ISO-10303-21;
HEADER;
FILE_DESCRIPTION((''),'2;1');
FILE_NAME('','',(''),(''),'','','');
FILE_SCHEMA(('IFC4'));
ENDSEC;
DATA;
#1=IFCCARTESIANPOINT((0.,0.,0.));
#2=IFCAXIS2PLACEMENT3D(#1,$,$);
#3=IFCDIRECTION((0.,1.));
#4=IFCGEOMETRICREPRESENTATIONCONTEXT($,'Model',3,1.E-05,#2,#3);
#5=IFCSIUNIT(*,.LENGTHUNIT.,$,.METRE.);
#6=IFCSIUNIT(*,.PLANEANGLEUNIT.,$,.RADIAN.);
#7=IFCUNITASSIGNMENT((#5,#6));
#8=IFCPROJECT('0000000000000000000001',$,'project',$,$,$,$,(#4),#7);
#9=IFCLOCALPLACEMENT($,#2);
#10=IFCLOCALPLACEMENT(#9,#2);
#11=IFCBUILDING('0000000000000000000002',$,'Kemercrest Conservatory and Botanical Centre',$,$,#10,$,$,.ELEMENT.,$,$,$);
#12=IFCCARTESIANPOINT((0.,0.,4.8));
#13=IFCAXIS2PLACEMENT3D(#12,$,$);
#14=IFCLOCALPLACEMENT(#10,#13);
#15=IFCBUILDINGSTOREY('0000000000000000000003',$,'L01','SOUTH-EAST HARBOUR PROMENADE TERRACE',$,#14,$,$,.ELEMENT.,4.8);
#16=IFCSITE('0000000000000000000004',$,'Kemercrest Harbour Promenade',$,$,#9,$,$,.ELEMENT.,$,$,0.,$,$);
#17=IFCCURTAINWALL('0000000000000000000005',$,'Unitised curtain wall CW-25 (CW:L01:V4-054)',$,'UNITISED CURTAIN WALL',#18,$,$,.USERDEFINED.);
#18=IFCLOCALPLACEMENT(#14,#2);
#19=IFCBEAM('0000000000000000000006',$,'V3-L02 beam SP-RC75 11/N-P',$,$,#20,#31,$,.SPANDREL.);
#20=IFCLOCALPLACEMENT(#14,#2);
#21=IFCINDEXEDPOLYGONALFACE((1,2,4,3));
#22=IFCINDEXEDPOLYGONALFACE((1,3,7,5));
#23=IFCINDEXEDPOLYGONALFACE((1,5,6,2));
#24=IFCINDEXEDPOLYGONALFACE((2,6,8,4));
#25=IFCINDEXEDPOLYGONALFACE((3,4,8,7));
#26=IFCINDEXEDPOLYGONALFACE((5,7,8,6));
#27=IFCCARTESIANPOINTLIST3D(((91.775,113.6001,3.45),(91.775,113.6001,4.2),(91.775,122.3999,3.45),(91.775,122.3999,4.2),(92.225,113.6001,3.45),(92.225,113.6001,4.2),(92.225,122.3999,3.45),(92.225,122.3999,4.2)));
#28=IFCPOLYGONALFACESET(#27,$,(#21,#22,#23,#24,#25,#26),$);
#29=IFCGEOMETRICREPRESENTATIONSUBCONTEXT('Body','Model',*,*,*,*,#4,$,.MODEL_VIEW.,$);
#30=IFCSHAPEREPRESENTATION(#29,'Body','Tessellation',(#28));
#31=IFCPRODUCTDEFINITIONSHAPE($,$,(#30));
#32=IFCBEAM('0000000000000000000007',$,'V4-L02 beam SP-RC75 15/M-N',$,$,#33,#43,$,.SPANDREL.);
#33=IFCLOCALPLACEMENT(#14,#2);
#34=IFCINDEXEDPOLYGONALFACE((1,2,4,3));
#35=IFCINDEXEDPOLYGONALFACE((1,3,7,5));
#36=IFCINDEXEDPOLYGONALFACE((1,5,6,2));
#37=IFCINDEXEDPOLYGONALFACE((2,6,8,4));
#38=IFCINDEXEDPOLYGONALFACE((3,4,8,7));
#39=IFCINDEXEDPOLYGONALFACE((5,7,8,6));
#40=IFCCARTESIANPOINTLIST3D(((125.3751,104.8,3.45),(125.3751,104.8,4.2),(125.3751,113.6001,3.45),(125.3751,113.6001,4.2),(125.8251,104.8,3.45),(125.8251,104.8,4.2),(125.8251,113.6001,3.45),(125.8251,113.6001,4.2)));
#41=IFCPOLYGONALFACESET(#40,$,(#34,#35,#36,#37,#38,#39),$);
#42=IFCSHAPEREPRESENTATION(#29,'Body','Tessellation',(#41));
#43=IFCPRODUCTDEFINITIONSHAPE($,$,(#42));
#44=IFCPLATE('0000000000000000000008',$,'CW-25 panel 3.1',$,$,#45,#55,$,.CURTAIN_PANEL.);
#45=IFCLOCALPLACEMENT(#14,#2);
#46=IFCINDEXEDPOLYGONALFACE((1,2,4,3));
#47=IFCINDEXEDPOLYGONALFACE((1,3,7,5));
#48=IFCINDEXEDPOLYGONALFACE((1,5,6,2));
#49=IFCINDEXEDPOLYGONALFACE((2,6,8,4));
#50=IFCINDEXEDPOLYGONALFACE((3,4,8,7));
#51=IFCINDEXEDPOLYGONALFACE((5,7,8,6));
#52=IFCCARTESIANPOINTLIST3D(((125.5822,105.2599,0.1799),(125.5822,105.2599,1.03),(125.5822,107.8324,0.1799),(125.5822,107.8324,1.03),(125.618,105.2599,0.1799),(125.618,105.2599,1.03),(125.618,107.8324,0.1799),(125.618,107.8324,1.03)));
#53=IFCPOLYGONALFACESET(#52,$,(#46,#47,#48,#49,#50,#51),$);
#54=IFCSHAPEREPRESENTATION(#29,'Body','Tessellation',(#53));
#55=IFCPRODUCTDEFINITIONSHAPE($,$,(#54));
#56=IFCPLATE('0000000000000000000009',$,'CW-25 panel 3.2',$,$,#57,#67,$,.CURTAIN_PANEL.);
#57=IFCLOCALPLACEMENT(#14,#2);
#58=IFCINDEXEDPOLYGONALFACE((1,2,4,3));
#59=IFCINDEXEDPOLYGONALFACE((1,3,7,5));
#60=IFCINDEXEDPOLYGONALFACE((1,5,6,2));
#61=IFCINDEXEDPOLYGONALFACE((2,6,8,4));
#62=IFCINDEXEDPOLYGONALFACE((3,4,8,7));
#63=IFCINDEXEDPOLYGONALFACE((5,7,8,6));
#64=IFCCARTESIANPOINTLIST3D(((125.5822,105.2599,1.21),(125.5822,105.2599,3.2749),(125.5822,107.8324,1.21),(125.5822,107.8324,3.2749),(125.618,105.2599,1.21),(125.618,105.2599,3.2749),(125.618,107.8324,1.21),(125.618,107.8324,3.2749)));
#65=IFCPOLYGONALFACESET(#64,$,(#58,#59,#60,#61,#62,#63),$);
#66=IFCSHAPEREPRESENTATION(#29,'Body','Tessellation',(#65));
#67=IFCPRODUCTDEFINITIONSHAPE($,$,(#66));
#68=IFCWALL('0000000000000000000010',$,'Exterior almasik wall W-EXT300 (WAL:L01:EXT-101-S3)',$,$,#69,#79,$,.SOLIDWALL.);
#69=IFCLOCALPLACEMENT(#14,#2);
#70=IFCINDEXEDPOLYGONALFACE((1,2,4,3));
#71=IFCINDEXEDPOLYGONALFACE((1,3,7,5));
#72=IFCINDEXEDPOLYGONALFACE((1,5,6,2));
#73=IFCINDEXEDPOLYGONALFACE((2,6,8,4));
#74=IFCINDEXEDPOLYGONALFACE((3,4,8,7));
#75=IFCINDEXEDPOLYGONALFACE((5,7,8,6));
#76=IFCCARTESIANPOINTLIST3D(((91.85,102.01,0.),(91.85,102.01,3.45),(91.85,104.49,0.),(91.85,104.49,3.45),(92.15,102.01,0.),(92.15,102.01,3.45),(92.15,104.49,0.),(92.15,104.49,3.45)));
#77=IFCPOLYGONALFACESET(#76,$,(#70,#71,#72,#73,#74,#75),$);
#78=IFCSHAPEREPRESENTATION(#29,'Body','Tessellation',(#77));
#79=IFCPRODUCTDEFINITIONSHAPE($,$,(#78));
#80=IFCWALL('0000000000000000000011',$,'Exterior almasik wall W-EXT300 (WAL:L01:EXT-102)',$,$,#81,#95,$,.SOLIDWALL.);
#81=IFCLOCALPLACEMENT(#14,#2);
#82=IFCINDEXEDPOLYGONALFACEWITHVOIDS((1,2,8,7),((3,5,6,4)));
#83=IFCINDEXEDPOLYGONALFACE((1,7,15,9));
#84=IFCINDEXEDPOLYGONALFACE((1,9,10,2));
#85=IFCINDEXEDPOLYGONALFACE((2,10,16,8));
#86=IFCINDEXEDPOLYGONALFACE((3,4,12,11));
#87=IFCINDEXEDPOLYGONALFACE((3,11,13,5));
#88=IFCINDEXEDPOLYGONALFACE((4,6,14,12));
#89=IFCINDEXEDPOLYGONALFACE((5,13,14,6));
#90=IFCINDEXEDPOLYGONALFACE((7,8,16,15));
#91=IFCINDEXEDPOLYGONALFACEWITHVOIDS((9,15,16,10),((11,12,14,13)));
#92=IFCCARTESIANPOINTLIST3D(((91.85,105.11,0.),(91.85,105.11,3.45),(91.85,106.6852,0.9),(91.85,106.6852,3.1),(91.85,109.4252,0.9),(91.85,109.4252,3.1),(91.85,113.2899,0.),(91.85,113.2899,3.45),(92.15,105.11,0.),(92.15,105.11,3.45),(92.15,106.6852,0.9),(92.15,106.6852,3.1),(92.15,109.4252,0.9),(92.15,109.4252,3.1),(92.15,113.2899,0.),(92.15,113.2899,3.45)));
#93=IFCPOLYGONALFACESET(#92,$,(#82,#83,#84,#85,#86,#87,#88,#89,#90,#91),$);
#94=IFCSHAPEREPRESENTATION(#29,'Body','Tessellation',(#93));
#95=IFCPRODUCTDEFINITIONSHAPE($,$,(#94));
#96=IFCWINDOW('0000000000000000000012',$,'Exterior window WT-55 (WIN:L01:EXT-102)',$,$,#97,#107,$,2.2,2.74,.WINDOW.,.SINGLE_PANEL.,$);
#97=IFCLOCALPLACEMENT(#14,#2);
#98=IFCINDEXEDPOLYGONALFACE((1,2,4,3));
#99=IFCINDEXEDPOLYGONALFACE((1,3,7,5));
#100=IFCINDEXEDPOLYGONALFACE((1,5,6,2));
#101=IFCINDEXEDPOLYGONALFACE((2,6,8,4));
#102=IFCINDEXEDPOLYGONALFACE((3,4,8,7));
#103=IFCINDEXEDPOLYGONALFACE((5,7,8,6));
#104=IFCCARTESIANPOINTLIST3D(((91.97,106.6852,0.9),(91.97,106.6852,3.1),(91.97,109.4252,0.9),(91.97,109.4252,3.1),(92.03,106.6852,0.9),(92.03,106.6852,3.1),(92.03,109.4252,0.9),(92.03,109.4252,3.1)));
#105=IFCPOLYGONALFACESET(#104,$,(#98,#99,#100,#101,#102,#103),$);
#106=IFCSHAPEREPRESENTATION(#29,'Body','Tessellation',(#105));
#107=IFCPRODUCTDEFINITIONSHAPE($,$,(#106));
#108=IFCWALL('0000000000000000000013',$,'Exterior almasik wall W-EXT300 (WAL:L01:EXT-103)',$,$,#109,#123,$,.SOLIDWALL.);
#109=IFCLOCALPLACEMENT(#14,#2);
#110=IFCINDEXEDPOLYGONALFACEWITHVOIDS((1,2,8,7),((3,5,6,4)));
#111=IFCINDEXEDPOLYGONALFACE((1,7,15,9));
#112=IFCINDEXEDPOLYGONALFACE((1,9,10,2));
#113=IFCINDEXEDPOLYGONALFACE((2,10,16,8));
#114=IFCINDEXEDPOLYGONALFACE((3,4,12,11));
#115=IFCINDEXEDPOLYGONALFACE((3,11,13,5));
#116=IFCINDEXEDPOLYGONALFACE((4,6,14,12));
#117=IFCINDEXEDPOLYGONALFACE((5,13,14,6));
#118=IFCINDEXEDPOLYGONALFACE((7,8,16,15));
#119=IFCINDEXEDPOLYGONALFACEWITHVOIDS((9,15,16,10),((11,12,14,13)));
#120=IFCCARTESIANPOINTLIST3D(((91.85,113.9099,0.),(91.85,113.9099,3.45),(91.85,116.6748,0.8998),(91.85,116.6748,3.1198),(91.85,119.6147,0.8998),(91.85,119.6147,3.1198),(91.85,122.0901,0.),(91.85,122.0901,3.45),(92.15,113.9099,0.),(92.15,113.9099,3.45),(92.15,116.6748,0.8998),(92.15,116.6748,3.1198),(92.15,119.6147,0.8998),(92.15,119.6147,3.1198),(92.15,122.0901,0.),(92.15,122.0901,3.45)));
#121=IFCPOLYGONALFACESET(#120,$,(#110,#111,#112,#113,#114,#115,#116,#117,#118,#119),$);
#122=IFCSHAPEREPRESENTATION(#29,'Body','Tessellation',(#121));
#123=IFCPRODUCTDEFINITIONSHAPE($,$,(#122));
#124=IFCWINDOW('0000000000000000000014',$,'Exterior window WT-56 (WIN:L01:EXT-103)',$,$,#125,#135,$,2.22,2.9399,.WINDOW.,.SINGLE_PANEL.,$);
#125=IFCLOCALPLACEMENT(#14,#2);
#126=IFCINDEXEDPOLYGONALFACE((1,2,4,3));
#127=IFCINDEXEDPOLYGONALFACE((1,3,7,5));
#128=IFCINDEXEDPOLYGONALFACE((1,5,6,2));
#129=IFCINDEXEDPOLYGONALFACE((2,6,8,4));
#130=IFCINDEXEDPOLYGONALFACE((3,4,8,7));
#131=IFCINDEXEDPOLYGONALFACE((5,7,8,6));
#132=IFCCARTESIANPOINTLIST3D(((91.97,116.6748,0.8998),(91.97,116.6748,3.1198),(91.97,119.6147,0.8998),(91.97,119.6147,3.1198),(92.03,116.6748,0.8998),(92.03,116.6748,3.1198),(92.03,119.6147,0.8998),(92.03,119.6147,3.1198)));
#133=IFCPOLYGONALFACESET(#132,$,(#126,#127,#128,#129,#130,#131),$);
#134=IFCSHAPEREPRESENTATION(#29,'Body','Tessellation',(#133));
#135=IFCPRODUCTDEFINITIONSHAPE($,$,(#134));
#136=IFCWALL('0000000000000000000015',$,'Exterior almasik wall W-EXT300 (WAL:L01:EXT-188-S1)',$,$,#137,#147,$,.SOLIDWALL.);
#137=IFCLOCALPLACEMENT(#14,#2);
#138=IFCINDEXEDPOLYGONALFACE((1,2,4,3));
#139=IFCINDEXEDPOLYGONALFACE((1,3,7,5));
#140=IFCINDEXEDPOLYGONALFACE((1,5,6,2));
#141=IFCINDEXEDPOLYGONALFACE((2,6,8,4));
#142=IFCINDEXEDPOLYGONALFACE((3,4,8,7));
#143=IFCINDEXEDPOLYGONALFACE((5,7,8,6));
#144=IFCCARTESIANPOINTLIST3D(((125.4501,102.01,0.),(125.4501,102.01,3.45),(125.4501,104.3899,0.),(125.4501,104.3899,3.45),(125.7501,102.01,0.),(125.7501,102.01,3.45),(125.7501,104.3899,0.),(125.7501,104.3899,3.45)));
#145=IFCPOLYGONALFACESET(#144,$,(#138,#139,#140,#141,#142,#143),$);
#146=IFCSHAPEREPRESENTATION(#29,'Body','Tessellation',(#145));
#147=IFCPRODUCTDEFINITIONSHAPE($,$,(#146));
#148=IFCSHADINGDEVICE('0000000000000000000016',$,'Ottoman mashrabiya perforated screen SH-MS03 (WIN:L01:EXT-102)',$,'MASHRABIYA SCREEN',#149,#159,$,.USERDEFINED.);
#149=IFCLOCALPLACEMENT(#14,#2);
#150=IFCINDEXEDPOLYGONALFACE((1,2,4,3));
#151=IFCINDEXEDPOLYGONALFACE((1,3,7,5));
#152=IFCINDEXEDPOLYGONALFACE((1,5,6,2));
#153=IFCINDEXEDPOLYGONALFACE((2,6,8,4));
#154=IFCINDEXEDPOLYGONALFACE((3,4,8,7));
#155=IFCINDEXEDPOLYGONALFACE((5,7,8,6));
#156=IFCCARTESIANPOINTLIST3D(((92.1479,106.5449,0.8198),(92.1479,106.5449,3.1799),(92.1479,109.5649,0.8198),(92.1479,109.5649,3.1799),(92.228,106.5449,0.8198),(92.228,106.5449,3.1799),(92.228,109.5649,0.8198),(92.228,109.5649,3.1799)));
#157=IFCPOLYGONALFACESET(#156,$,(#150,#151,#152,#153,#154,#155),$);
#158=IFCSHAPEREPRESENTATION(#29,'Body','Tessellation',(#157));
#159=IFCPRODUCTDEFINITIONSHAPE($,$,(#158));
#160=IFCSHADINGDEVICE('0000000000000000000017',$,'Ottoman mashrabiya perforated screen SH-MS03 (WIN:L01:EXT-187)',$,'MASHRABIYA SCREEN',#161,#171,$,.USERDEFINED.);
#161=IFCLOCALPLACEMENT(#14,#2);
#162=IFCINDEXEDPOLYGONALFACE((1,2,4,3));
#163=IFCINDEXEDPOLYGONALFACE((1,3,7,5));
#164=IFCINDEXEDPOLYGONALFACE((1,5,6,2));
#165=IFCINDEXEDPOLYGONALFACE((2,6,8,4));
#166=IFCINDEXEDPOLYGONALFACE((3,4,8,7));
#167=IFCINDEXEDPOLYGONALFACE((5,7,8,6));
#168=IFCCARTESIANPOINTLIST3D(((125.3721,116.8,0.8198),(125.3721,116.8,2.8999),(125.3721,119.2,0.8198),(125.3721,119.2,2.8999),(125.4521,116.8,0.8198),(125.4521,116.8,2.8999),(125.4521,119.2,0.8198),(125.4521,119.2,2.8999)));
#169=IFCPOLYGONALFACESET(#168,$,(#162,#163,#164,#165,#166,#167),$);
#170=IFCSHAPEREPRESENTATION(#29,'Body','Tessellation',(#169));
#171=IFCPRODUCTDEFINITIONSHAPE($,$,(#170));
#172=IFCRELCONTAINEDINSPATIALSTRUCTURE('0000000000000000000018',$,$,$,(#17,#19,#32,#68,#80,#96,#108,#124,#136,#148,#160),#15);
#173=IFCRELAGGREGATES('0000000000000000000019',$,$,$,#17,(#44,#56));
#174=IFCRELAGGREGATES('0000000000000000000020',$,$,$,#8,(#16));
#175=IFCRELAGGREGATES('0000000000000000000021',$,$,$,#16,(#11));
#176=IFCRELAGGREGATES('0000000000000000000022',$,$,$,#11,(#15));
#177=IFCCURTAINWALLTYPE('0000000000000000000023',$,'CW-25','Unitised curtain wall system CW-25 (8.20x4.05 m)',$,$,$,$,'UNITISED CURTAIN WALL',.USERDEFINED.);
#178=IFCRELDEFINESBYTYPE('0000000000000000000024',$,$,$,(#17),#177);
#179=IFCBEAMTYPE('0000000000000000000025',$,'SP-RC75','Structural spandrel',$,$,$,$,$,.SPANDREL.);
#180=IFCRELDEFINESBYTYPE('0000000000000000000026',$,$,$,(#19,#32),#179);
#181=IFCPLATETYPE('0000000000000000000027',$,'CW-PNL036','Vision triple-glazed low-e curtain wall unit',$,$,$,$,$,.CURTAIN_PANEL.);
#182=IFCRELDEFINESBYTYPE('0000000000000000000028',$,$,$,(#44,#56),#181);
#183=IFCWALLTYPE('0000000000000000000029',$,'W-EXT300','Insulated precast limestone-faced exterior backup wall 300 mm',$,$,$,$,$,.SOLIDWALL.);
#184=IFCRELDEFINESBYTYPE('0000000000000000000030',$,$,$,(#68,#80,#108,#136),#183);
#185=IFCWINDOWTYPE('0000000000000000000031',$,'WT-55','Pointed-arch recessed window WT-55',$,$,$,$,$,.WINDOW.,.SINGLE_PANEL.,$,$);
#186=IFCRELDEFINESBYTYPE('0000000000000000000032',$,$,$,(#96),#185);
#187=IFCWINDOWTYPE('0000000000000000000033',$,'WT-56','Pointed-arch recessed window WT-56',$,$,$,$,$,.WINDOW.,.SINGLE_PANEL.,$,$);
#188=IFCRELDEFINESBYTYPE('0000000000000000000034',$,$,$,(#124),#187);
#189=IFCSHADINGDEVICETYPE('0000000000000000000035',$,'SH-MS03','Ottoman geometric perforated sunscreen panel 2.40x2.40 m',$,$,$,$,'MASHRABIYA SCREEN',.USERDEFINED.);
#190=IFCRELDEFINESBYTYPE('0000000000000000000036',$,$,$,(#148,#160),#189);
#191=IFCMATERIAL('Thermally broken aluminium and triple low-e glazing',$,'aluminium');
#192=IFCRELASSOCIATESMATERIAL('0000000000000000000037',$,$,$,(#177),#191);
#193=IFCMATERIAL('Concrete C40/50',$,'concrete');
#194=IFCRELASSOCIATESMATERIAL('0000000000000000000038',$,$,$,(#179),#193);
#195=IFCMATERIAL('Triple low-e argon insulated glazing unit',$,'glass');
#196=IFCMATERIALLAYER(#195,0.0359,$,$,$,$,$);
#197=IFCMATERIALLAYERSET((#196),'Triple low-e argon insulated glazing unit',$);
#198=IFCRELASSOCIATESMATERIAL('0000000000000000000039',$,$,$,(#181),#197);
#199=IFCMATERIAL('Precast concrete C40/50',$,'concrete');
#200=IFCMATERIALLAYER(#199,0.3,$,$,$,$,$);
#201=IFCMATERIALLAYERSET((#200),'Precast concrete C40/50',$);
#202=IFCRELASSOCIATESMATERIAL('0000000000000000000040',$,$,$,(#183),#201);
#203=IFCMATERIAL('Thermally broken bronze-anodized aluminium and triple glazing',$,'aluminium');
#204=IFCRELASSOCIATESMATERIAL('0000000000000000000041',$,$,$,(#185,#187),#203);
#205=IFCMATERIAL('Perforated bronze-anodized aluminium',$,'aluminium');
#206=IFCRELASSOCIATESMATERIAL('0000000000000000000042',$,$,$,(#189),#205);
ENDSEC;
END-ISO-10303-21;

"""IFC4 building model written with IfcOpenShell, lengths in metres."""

from ifc_helpers import new_model, si_unit, direction, frame, frame_2d, origin, origin_2d, place, context, subcontext, project, spatial, rectangle, extrude, material, layer, layer_set, material_profile, profile_set, type_object, element, fill, aggregate, save


model = new_model("IFC4")

# Units and contexts
model_context = context("Model", 3, precision=1e-05, world=origin(), true_north=direction((0.0, 1.0)))
body_context = subcontext(model_context, "Body", "Model", "MODEL_VIEW")
ifc_project = project(units=[si_unit("LENGTHUNIT", "METRE"), si_unit("PLANEANGLEUNIT", "RADIAN")], contexts=[model_context])

# Site, building, storey
site_placement = place(None, origin())
site = spatial("IfcSite", under=ifc_project, at=site_placement, Name="Kemercrest Harbour Promenade", CompositionType="ELEMENT", RefElevation=0.0)
building_placement = place(site_placement, origin())
building = spatial("IfcBuilding", under=site, at=building_placement, Name="Kemercrest Conservatory and Botanical Centre", CompositionType="ELEMENT")
storey_placement = place(building_placement, frame((0.0, 0.0, 4.8)))
storey = spatial("IfcBuildingStorey", under=building, at=storey_placement, Name="L01", Description="SOUTH-EAST HARBOUR PROMENADE TERRACE", CompositionType="ELEMENT", Elevation=4.8)

# Shared definitions
ifc_material_1 = material(Name="Concrete C40/50", Category="concrete")

# Curtain wall
ifc_material_2 = material(Name="Thermally broken aluminium and triple low-e glazing", Category="aluminium")
curtain_wall_type = type_object("IfcCurtainWallType", Name="CW-25", Description="Unitised curtain wall system CW-25 (8.20x4.05 m)", ElementType="UNITISED CURTAIN WALL", PredefinedType="USERDEFINED", material=ifc_material_2)
curtain_wall_placement = place(storey_placement, origin())
curtain_wall = element("IfcCurtainWall", 1, at=curtain_wall_placement, inside=storey, type_object=curtain_wall_type, Name="Unitised curtain wall CW-25 (CW:L01:V4-054)", ObjectType="UNITISED CURTAIN WALL", PredefinedType="USERDEFINED")

# Beams
ifc_material_profile_1 = material_profile(ifc_material_1, rectangle(XDim=0.45, YDim=0.75, at=origin_2d()), Name="RC 450x750")
ifc_profile_set_1 = profile_set([ifc_material_profile_1], Name="Concrete C40/50")
beam_type_1 = type_object("IfcBeamType", Name="SP-RC75", Description="Structural spandrel", PredefinedType="SPANDREL", material=ifc_profile_set_1)
beam_1_placement = place(storey_placement, frame((92.0, 113.6001, 3.825), z_axis=(0.0, 1.0, 0.0), x_axis=(-1.0, 0.0, 0.0)))
element("IfcBeam", 2, at=beam_1_placement, inside=storey, type_object=beam_type_1, Name="V3-L02 beam SP-RC75 11/N-P", PredefinedType="SPANDREL", context=body_context, shape_type="SweptSolid", body=[
    extrude(rectangle(XDim=0.45, YDim=0.75, at=origin_2d()), origin(), (0.0, 0.0, 1.0), 8.7998),
])
beam_2_placement = place(storey_placement, frame((125.6001, 104.8, 3.825), z_axis=(0.0, 1.0, 0.0), x_axis=(-1.0, 0.0, 0.0)))
element("IfcBeam", 3, at=beam_2_placement, inside=storey, type_object=beam_type_1, Name="V4-L02 beam SP-RC75 15/M-N", PredefinedType="SPANDREL", context=body_context, shape_type="SweptSolid", body=[
    extrude(rectangle(XDim=0.45, YDim=0.75, at=origin_2d()), origin(), (0.0, 0.0, 1.0), 8.8),
])

# Plates
ifc_material_3 = material(Name="Triple low-e argon insulated glazing unit", Category="glass")
ifc_layer_1 = layer(ifc_material_3, 0.0359)
ifc_layer_set_1 = layer_set([ifc_layer_1], Name="Triple low-e argon insulated glazing unit")
plate_type = type_object("IfcPlateType", Name="CW-PNL036", Description="Vision triple-glazed low-e curtain wall unit", PredefinedType="CURTAIN_PANEL", material=ifc_layer_set_1)
plate_1_placement = place(storey_placement, frame((125.6001, 106.5461, 0.1799), z_axis=(0.0, 0.0, 1.0), x_axis=(0.0, -1.0, 0.0)))
plate_1 = element("IfcPlate", 4, at=plate_1_placement, type_object=plate_type, Name="CW-25 panel 3.1", PredefinedType="CURTAIN_PANEL", context=body_context, shape_type="SweptSolid", body=[
    extrude(rectangle(XDim=2.5725, YDim=0.0359, at=origin_2d()), origin(), (0.0, 0.0, 1.0), 0.8501),
])
plate_2_placement = place(storey_placement, frame((125.6001, 106.5461, 1.21), z_axis=(0.0, 0.0, 1.0), x_axis=(0.0, -1.0, 0.0)))
plate_2 = element("IfcPlate", 5, at=plate_2_placement, type_object=plate_type, Name="CW-25 panel 3.2", PredefinedType="CURTAIN_PANEL", context=body_context, shape_type="SweptSolid", body=[
    extrude(rectangle(XDim=2.5725, YDim=0.0359, at=origin_2d()), origin(), (0.0, 0.0, 1.0), 2.0649),
])
aggregate(curtain_wall, [plate_1, plate_2])

# Wall
ifc_material_4 = material(Name="Precast concrete C40/50", Category="concrete")
ifc_layer_2 = layer(ifc_material_4, 0.3)
ifc_layer_set_2 = layer_set([ifc_layer_2], Name="Precast concrete C40/50")
wall_type = type_object("IfcWallType", Name="W-EXT300", Description="Insulated precast limestone-faced exterior backup wall 300 mm", PredefinedType="SOLIDWALL", material=ifc_layer_set_2)
wall_1_placement = place(storey_placement, frame((92.0, 102.01, 0.0), z_axis=(0.0, 0.0, 1.0), x_axis=(0.0, 1.0, 0.0)))
element("IfcWall", 6, at=wall_1_placement, inside=storey, type_object=wall_type, Name="Exterior almasik wall W-EXT300 (WAL:L01:EXT-101-S3)", PredefinedType="SOLIDWALL", context=body_context, shape_type="SweptSolid", body=[
    extrude(rectangle(XDim=2.48, YDim=0.3, at=frame_2d((1.24, 0.0))), origin(), (0.0, 0.0, 1.0), 3.45),
])

# Walls, openings, windows
wall_2_placement = place(storey_placement, frame((92.0, 105.1101, 0.0), z_axis=(0.0, 0.0, 1.0), x_axis=(0.0, 1.0, 0.0)))
wall_2 = element("IfcWall", 7, at=wall_2_placement, inside=storey, type_object=wall_type, Name="Exterior almasik wall W-EXT300 (WAL:L01:EXT-102)", PredefinedType="SOLIDWALL", context=body_context, shape_type="SweptSolid", body=[
    extrude(rectangle(XDim=8.1799, YDim=0.3, at=frame_2d((4.0898, 0.0))), origin(), (0.0, 0.0, 1.0), 3.45),
])
opening_1_placement = place(wall_2_placement, frame((1.575, 0.0, 0.8999)))
opening_1 = element("IfcOpeningElement", 8, at=opening_1_placement, cuts=wall_2, PredefinedType="OPENING", context=body_context, shape_type="SweptSolid", body=[
    extrude(rectangle(XDim=2.74, YDim=2.2, at=frame_2d((1.3701, 1.1001))), frame((0.0, 0.1602, 0.0), z_axis=(0.0, -1.0, 0.0), x_axis=(1.0, 0.0, 0.0)), (0.0, 0.0, 1.0), 0.3201),
])
ifc_material_5 = material(Name="Thermally broken bronze-anodized aluminium and triple glazing", Category="aluminium")
window_type_1 = type_object("IfcWindowType", Name="WT-55", Description="Pointed-arch recessed window WT-55", PartitioningType="SINGLE_PANEL", PredefinedType="WINDOW", material=ifc_material_5)
window_1_placement = place(opening_1_placement, origin())
window_1 = element("IfcWindow", 9, at=window_1_placement, inside=storey, type_object=window_type_1, Name="Exterior window WT-55 (WIN:L01:EXT-102)", OverallHeight=2.2, OverallWidth=2.74, PartitioningType="SINGLE_PANEL", PredefinedType="WINDOW", context=body_context, shape_type="SweptSolid", body=[
    extrude(rectangle(XDim=2.74, YDim=2.2, at=frame_2d((1.3701, 1.1001))), frame((0.0, 0.03, 0.0), z_axis=(0.0, -1.0, 0.0), x_axis=(1.0, 0.0, 0.0)), (0.0, 0.0, 1.0), 0.0601),
])
fill(opening_1, window_1)
wall_3_placement = place(storey_placement, frame((92.0, 113.9099, 0.0), z_axis=(0.0, 0.0, 1.0), x_axis=(0.0, 1.0, 0.0)))
wall_3 = element("IfcWall", 10, at=wall_3_placement, inside=storey, type_object=wall_type, Name="Exterior almasik wall W-EXT300 (WAL:L01:EXT-103)", PredefinedType="SOLIDWALL", context=body_context, shape_type="SweptSolid", body=[
    extrude(rectangle(XDim=8.1802, YDim=0.3, at=frame_2d((4.0901, 0.0))), origin(), (0.0, 0.0, 1.0), 3.45),
])
opening_2_placement = place(wall_3_placement, frame((2.7649, 0.0, 0.8999)))
opening_2 = element("IfcOpeningElement", 11, at=opening_2_placement, cuts=wall_3, PredefinedType="OPENING", context=body_context, shape_type="SweptSolid", body=[
    extrude(rectangle(XDim=2.9399, YDim=2.22, at=frame_2d((1.47, 1.1099))), frame((0.0, 0.1602, 0.0), z_axis=(0.0, -1.0, 0.0), x_axis=(1.0, 0.0, 0.0)), (0.0, 0.0, 1.0), 0.3201),
])
window_type_2 = type_object("IfcWindowType", Name="WT-56", Description="Pointed-arch recessed window WT-56", PartitioningType="SINGLE_PANEL", PredefinedType="WINDOW", material=ifc_material_5)
window_2_placement = place(opening_2_placement, origin())
window_2 = element("IfcWindow", 12, at=window_2_placement, inside=storey, type_object=window_type_2, Name="Exterior window WT-56 (WIN:L01:EXT-103)", OverallHeight=2.22, OverallWidth=2.9399, PartitioningType="SINGLE_PANEL", PredefinedType="WINDOW", context=body_context, shape_type="SweptSolid", body=[
    extrude(rectangle(XDim=2.9399, YDim=2.22, at=frame_2d((1.47, 1.1099))), frame((0.0, 0.03, 0.0), z_axis=(0.0, -1.0, 0.0), x_axis=(1.0, 0.0, 0.0)), (0.0, 0.0, 1.0), 0.0601),
])
fill(opening_2, window_2)

# Wall
wall_4_placement = place(storey_placement, frame((125.6001, 104.3899, 0.0), z_axis=(0.0, 0.0, 1.0), x_axis=(0.0, -1.0, 0.0)))
element("IfcWall", 13, at=wall_4_placement, inside=storey, type_object=wall_type, Name="Exterior almasik wall W-EXT300 (WAL:L01:EXT-188-S1)", PredefinedType="SOLIDWALL", context=body_context, shape_type="SweptSolid", body=[
    extrude(rectangle(XDim=2.3799, YDim=0.3, at=frame_2d((1.1899, 0.0))), origin(), (0.0, 0.0, 1.0), 3.45),
])

# Shading devices
ifc_material_6 = material(Name="Perforated bronze-anodized aluminium", Category="aluminium")
shading_device_type_1 = type_object("IfcShadingDeviceType", Name="SH-MS03", Description="Ottoman geometric perforated sunscreen panel 2.40x2.40 m", ElementType="MASHRABIYA SCREEN", PredefinedType="USERDEFINED", material=ifc_material_6)
shading_device_1_placement = place(storey_placement, frame((92.188, 108.0549, 0.8198), z_axis=(0.0, 0.0, 1.0), x_axis=(0.0, 1.0, 0.0)))
element("IfcShadingDevice", 14, at=shading_device_1_placement, inside=storey, type_object=shading_device_type_1, Name="Ottoman mashrabiya perforated screen SH-MS03 (WIN:L01:EXT-102)", ObjectType="MASHRABIYA SCREEN", PredefinedType="USERDEFINED", context=body_context, shape_type="SweptSolid", body=[
    extrude(rectangle(XDim=3.02, YDim=0.0801, at=origin_2d()), origin(), (0.0, 0.0, 1.0), 2.3601),
])
shading_device_2_placement = place(storey_placement, frame((125.4121, 118.0, 0.8198), z_axis=(0.0, 0.0, 1.0), x_axis=(0.0, -1.0, 0.0)))
element("IfcShadingDevice", 15, at=shading_device_2_placement, inside=storey, type_object=shading_device_type_1, Name="Ottoman mashrabiya perforated screen SH-MS03 (WIN:L01:EXT-187)", ObjectType="MASHRABIYA SCREEN", PredefinedType="USERDEFINED", context=body_context, shape_type="SweptSolid", body=[
    extrude(rectangle(XDim=2.3999, YDim=0.0801, at=origin_2d()), origin(), (0.0, 0.0, 1.0), 2.0801),
])

save(model, "model.ifc")
